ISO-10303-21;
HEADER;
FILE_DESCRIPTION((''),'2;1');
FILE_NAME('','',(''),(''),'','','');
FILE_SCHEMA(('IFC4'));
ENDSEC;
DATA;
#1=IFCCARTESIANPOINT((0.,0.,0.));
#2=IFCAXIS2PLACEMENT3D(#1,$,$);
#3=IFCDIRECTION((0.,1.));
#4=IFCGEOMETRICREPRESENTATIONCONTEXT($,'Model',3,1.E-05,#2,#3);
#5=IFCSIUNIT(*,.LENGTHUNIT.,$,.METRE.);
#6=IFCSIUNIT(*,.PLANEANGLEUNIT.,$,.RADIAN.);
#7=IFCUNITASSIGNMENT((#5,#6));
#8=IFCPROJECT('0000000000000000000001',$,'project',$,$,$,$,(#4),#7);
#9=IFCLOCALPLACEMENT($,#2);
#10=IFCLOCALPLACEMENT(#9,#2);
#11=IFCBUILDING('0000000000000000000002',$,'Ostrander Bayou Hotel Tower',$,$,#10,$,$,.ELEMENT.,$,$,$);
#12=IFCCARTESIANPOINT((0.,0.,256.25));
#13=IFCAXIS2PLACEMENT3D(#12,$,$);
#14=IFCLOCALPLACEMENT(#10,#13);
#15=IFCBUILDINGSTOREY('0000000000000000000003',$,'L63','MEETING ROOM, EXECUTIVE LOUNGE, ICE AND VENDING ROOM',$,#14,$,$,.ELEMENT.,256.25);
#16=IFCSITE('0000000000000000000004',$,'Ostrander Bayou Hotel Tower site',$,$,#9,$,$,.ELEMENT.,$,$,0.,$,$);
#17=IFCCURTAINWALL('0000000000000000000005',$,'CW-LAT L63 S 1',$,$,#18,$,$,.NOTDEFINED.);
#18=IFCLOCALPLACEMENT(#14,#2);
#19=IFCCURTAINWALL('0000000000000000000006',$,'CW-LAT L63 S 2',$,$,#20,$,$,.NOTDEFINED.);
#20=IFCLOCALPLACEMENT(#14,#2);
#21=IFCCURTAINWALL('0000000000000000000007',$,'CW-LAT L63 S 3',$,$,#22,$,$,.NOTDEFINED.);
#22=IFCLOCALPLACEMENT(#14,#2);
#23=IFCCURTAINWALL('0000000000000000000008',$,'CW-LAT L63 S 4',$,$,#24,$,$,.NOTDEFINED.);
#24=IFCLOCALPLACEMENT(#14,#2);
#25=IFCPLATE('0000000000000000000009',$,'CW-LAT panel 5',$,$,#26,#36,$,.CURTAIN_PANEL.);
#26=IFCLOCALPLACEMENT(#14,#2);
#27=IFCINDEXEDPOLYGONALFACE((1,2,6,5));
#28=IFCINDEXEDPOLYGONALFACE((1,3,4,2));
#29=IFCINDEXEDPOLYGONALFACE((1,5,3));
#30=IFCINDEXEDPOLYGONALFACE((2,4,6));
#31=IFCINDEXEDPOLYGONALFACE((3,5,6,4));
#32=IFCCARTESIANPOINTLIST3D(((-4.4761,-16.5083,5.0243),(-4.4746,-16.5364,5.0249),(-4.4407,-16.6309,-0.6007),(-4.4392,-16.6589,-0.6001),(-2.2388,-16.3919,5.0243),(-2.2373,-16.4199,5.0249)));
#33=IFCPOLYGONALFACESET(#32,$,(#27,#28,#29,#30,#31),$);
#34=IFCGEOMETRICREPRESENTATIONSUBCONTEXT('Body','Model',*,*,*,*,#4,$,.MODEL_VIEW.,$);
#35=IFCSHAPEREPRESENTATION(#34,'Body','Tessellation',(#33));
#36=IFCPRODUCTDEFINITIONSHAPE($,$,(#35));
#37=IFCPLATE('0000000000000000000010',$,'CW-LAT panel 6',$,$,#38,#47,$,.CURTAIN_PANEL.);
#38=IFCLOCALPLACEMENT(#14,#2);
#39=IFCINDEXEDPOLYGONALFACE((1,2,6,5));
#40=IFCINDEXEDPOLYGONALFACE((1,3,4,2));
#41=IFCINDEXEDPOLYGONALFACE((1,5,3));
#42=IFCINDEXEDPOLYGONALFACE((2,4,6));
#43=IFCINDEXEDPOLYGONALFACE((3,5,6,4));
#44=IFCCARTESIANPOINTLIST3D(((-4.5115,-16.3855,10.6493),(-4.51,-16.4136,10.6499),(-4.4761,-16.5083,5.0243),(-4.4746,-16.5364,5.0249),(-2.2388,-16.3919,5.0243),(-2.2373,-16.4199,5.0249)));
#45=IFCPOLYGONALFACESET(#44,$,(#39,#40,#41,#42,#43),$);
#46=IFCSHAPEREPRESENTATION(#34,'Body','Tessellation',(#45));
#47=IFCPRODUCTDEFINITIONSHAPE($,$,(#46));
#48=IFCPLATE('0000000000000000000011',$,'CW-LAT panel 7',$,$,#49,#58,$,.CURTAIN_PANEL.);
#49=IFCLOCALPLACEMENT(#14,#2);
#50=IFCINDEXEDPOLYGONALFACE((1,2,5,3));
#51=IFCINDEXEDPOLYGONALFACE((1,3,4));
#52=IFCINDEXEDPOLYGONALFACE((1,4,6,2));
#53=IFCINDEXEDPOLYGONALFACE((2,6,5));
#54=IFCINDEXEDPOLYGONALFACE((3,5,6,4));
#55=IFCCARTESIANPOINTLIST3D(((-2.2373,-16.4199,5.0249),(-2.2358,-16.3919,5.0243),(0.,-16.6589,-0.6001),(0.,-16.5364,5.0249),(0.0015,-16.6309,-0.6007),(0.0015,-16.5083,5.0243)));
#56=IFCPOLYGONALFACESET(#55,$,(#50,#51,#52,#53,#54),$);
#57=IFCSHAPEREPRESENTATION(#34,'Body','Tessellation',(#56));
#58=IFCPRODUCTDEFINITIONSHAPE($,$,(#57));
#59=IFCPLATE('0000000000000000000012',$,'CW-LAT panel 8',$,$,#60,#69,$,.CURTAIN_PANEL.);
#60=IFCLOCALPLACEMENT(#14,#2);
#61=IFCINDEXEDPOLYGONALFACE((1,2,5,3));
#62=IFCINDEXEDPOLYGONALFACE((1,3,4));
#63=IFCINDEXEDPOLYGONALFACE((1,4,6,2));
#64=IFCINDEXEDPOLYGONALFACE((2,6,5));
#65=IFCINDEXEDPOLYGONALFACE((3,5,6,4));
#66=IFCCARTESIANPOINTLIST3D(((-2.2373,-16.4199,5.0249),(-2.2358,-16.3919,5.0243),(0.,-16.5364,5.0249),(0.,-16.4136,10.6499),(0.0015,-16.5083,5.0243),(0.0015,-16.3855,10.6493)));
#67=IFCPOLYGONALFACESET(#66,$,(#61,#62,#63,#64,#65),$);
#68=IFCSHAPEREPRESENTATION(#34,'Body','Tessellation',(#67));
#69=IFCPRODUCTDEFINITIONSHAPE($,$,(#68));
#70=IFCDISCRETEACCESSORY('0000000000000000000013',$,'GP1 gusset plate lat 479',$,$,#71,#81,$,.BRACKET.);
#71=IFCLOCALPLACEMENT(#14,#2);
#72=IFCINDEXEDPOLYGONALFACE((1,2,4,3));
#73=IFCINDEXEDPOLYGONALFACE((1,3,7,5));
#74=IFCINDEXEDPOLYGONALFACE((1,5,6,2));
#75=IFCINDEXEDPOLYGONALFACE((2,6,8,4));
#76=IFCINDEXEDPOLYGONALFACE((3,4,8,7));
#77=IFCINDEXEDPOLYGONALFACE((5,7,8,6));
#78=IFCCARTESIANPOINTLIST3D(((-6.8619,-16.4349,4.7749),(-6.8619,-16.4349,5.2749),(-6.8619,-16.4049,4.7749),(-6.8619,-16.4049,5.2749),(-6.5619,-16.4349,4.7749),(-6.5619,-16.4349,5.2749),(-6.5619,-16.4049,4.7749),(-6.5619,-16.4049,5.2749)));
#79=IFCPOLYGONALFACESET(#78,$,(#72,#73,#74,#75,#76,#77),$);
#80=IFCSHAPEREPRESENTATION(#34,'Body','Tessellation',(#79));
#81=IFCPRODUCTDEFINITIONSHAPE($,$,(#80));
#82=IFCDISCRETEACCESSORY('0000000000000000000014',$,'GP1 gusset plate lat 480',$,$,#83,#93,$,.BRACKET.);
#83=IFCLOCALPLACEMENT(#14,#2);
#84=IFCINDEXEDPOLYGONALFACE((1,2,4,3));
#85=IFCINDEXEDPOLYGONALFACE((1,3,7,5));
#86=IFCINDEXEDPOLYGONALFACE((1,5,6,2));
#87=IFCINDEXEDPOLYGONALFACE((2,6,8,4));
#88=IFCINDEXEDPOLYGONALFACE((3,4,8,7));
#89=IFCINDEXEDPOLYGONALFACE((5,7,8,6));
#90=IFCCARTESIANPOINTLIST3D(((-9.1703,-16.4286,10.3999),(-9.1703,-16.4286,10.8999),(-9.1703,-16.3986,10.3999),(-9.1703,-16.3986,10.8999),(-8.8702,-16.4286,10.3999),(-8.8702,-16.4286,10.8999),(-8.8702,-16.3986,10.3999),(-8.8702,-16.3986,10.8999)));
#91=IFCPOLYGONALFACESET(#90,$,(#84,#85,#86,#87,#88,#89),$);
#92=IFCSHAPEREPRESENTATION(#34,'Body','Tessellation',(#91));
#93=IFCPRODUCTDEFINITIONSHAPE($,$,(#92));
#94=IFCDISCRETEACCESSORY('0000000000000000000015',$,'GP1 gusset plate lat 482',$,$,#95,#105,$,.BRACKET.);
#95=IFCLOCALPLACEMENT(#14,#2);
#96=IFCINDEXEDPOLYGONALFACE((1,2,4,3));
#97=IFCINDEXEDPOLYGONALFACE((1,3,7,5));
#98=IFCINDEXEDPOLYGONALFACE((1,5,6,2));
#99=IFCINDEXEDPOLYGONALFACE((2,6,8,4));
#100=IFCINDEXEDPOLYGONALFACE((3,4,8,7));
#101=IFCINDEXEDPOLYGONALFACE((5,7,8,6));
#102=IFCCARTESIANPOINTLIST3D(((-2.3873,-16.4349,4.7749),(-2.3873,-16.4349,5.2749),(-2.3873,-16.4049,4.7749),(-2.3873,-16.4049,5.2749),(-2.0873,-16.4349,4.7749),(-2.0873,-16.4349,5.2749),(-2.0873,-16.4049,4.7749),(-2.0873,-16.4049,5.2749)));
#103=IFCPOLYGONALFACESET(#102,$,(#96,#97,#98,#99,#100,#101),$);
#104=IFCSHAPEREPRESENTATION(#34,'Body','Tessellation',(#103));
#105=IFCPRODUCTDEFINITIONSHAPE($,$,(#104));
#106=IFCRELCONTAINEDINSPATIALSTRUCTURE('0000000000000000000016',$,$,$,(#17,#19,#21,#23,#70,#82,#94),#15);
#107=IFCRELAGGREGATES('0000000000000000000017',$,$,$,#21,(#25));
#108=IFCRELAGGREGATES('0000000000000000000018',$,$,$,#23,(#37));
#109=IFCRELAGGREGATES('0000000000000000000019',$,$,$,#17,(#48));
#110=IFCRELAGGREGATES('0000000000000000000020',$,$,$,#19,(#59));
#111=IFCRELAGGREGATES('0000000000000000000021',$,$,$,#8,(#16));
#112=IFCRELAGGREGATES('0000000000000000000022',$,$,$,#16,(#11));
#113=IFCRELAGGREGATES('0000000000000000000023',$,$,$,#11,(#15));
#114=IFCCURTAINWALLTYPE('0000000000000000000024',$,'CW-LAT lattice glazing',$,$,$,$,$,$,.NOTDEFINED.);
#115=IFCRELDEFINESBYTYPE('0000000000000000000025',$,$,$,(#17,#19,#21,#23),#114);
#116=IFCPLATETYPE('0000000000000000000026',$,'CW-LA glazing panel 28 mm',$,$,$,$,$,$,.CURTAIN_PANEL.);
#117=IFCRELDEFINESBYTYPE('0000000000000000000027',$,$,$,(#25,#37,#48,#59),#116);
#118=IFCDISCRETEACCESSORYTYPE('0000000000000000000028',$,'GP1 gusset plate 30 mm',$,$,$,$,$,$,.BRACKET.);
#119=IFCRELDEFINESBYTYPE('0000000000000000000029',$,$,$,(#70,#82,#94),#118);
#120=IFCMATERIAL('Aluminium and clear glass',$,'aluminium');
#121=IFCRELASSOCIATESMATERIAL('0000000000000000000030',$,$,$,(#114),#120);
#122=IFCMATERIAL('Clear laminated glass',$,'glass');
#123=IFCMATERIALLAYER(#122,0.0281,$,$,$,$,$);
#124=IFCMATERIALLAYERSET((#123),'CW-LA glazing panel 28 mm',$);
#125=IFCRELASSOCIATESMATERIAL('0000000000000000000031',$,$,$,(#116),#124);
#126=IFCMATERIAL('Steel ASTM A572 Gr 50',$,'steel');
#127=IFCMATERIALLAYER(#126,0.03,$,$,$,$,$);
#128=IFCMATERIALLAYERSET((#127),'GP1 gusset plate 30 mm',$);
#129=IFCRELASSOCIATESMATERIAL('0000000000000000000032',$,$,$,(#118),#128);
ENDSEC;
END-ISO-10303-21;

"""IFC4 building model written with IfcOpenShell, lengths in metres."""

from ifc_helpers import new_model, si_unit, direction, frame, origin, origin_2d, place, context, subcontext, project, spatial, polyline, rectangle, outline, extrude, material, layer, layer_set, type_object, element, aggregate, save


model = new_model("IFC4")

# Units and contexts
model_context = context("Model", 3, precision=1e-05, world=origin(), true_north=direction((0.0, 1.0)))
body_context = subcontext(model_context, "Body", "Model", "MODEL_VIEW")
ifc_project = project(units=[si_unit("LENGTHUNIT", "METRE"), si_unit("PLANEANGLEUNIT", "RADIAN")], contexts=[model_context])

# Site, building, storey
site_placement = place(None, origin())
site = spatial("IfcSite", under=ifc_project, at=site_placement, Name="Ostrander Bayou Hotel Tower site", CompositionType="ELEMENT", RefElevation=0.0)
building_placement = place(site_placement, origin())
building = spatial("IfcBuilding", under=site, at=building_placement, Name="Ostrander Bayou Hotel Tower", CompositionType="ELEMENT")
storey_placement = place(building_placement, frame((0.0, 0.0, 256.25)))
storey = spatial("IfcBuildingStorey", under=building, at=storey_placement, Name="L63", Description="MEETING ROOM, EXECUTIVE LOUNGE, ICE AND VENDING ROOM", CompositionType="ELEMENT", Elevation=256.25)

# Curtain walls
ifc_material_1 = material(Name="Aluminium and clear glass", Category="aluminium")
curtain_wall_type = type_object("IfcCurtainWallType", Name="CW-LAT lattice glazing", PredefinedType="NOTDEFINED", material=ifc_material_1)
curtain_wall_1_placement = place(storey_placement, origin())
curtain_wall_1 = element("IfcCurtainWall", 1, at=curtain_wall_1_placement, inside=storey, type_object=curtain_wall_type, Name="CW-LAT L63 S 1", PredefinedType="NOTDEFINED")
curtain_wall_2_placement = place(storey_placement, origin())
curtain_wall_2 = element("IfcCurtainWall", 2, at=curtain_wall_2_placement, inside=storey, type_object=curtain_wall_type, Name="CW-LAT L63 S 2", PredefinedType="NOTDEFINED")

# Curtain walls
curtain_wall_3_placement = place(storey_placement, origin())
curtain_wall_3 = element("IfcCurtainWall", 3, at=curtain_wall_3_placement, inside=storey, type_object=curtain_wall_type, Name="CW-LAT L63 S 3", PredefinedType="NOTDEFINED")
ifc_material_2 = material(Name="Clear laminated glass", Category="glass")
ifc_layer_1 = layer(ifc_material_2, 0.0281)
ifc_layer_set_1 = layer_set([ifc_layer_1], Name="CW-LA glazing panel 28 mm")
plate_type = type_object("IfcPlateType", Name="CW-LA glazing panel 28 mm", PredefinedType="CURTAIN_PANEL", material=ifc_layer_set_1)
curtain_wall_4_placement = place(storey_placement, origin())
curtain_wall_4 = element("IfcCurtainWall", 4, at=curtain_wall_4_placement, inside=storey, type_object=curtain_wall_type, Name="CW-LAT L63 S 4", PredefinedType="NOTDEFINED")

# Plates
plate_1_placement = place(storey_placement, frame((-2.2373, -16.4199, 5.0249), z_axis=(0.051968, -0.998405, 0.02208), x_axis=(-0.364232, -0.039537, -0.930469)))
plate_1 = element("IfcPlate", 5, at=plate_1_placement, type_object=plate_type, Name="CW-LAT panel 5", PredefinedType="CURTAIN_PANEL", context=body_context, shape_type="SweptSolid", body=[
    extrude(outline(polyline([(0.0, 0.0), (6.0453, 0.0), (0.8195, -2.0851), (0.0, 0.0)])), origin(), (0.0, 0.0, -1.0), 0.0281),
])
aggregate(curtain_wall_3, [plate_1])
plate_2_placement = place(storey_placement, frame((-2.2373, -16.4199, 5.0249), z_axis=(0.051968, -0.998404, 0.022124), x_axis=(-0.374615, 0.001046, 0.92718)))
plate_2 = element("IfcPlate", 6, at=plate_2_placement, type_object=plate_type, Name="CW-LAT panel 6", PredefinedType="CURTAIN_PANEL", context=body_context, shape_type="SweptSolid", body=[
    extrude(outline(polyline([(0.0, 0.0), (6.0668, 0.0), (0.838, 2.0777), (0.0, 0.0)])), origin(), (0.0, 0.0, -1.0), 0.0281),
])
aggregate(curtain_wall_4, [plate_2])
plate_3_placement = place(storey_placement, frame((-2.2373, -16.4199, 5.0249), z_axis=(-0.051969, -0.998412, 0.021754), x_axis=(0.369294, -0.039452, -0.928475)))
plate_3 = element("IfcPlate", 7, at=plate_3_placement, type_object=plate_type, Name="CW-LAT panel 7", PredefinedType="CURTAIN_PANEL", context=body_context, shape_type="SweptSolid", body=[
    extrude(outline(polyline([(0.0, 0.0), (6.0583, 0.0), (0.8308, 2.0806), (0.0, 0.0)])), origin(), (0.0, 0.0, -1.0), 0.0281),
])
aggregate(curtain_wall_1, [plate_3])
plate_4_placement = place(storey_placement, frame((-2.2373, -16.4199, 5.0249), z_axis=(-0.051969, -0.998411, 0.021797), x_axis=(0.369582, 0.001049, 0.929198)))
plate_4 = element("IfcPlate", 8, at=plate_4_placement, type_object=plate_type, Name="CW-LAT panel 8", PredefinedType="CURTAIN_PANEL", context=body_context, shape_type="SweptSolid", body=[
    extrude(outline(polyline([(0.0, 0.0), (6.0536, 0.0), (0.8267, -2.0822), (0.0, 0.0)])), origin(), (0.0, 0.0, -1.0), 0.0281),
])
aggregate(curtain_wall_2, [plate_4])

# Discrete accessories
ifc_material_3 = material(Name="Steel ASTM A572 Gr 50", Category="steel")
ifc_layer_2 = layer(ifc_material_3, 0.03)
ifc_layer_set_2 = layer_set([ifc_layer_2], Name="GP1 gusset plate 30 mm")
discrete_accessory_type = type_object("IfcDiscreteAccessoryType", Name="GP1 gusset plate 30 mm", PredefinedType="BRACKET", material=ifc_layer_set_2)
for number, where, z_axis, x_axis, name in (
    (9, (-6.7119, -16.4199, 4.7749), (0.0, 0.0, 1.0), (1.0, 0.0, 0.0), "GP1 gusset plate lat 479"),
    (10, (-9.0203, -16.4136, 10.3999), (0.0, 0.0, 1.0), (1.0, 0.0, 0.0), "GP1 gusset plate lat 480"),
    (11, (-2.2373, -16.4199, 4.7749), (0.0, 0.0, 1.0), (1.0, 0.0, 0.0), "GP1 gusset plate lat 482"),
):
    element("IfcDiscreteAccessory", number, at=place(storey_placement, frame(where, z_axis=z_axis, x_axis=x_axis)), inside=storey, type_object=discrete_accessory_type, Name=name, PredefinedType="BRACKET", context=body_context, shape_type="SweptSolid", body=[
        extrude(rectangle(XDim=0.3, YDim=0.03, at=origin_2d()), origin(), (0.0, 0.0, 1.0), 0.5),
    ])

save(model, "model.ifc")
